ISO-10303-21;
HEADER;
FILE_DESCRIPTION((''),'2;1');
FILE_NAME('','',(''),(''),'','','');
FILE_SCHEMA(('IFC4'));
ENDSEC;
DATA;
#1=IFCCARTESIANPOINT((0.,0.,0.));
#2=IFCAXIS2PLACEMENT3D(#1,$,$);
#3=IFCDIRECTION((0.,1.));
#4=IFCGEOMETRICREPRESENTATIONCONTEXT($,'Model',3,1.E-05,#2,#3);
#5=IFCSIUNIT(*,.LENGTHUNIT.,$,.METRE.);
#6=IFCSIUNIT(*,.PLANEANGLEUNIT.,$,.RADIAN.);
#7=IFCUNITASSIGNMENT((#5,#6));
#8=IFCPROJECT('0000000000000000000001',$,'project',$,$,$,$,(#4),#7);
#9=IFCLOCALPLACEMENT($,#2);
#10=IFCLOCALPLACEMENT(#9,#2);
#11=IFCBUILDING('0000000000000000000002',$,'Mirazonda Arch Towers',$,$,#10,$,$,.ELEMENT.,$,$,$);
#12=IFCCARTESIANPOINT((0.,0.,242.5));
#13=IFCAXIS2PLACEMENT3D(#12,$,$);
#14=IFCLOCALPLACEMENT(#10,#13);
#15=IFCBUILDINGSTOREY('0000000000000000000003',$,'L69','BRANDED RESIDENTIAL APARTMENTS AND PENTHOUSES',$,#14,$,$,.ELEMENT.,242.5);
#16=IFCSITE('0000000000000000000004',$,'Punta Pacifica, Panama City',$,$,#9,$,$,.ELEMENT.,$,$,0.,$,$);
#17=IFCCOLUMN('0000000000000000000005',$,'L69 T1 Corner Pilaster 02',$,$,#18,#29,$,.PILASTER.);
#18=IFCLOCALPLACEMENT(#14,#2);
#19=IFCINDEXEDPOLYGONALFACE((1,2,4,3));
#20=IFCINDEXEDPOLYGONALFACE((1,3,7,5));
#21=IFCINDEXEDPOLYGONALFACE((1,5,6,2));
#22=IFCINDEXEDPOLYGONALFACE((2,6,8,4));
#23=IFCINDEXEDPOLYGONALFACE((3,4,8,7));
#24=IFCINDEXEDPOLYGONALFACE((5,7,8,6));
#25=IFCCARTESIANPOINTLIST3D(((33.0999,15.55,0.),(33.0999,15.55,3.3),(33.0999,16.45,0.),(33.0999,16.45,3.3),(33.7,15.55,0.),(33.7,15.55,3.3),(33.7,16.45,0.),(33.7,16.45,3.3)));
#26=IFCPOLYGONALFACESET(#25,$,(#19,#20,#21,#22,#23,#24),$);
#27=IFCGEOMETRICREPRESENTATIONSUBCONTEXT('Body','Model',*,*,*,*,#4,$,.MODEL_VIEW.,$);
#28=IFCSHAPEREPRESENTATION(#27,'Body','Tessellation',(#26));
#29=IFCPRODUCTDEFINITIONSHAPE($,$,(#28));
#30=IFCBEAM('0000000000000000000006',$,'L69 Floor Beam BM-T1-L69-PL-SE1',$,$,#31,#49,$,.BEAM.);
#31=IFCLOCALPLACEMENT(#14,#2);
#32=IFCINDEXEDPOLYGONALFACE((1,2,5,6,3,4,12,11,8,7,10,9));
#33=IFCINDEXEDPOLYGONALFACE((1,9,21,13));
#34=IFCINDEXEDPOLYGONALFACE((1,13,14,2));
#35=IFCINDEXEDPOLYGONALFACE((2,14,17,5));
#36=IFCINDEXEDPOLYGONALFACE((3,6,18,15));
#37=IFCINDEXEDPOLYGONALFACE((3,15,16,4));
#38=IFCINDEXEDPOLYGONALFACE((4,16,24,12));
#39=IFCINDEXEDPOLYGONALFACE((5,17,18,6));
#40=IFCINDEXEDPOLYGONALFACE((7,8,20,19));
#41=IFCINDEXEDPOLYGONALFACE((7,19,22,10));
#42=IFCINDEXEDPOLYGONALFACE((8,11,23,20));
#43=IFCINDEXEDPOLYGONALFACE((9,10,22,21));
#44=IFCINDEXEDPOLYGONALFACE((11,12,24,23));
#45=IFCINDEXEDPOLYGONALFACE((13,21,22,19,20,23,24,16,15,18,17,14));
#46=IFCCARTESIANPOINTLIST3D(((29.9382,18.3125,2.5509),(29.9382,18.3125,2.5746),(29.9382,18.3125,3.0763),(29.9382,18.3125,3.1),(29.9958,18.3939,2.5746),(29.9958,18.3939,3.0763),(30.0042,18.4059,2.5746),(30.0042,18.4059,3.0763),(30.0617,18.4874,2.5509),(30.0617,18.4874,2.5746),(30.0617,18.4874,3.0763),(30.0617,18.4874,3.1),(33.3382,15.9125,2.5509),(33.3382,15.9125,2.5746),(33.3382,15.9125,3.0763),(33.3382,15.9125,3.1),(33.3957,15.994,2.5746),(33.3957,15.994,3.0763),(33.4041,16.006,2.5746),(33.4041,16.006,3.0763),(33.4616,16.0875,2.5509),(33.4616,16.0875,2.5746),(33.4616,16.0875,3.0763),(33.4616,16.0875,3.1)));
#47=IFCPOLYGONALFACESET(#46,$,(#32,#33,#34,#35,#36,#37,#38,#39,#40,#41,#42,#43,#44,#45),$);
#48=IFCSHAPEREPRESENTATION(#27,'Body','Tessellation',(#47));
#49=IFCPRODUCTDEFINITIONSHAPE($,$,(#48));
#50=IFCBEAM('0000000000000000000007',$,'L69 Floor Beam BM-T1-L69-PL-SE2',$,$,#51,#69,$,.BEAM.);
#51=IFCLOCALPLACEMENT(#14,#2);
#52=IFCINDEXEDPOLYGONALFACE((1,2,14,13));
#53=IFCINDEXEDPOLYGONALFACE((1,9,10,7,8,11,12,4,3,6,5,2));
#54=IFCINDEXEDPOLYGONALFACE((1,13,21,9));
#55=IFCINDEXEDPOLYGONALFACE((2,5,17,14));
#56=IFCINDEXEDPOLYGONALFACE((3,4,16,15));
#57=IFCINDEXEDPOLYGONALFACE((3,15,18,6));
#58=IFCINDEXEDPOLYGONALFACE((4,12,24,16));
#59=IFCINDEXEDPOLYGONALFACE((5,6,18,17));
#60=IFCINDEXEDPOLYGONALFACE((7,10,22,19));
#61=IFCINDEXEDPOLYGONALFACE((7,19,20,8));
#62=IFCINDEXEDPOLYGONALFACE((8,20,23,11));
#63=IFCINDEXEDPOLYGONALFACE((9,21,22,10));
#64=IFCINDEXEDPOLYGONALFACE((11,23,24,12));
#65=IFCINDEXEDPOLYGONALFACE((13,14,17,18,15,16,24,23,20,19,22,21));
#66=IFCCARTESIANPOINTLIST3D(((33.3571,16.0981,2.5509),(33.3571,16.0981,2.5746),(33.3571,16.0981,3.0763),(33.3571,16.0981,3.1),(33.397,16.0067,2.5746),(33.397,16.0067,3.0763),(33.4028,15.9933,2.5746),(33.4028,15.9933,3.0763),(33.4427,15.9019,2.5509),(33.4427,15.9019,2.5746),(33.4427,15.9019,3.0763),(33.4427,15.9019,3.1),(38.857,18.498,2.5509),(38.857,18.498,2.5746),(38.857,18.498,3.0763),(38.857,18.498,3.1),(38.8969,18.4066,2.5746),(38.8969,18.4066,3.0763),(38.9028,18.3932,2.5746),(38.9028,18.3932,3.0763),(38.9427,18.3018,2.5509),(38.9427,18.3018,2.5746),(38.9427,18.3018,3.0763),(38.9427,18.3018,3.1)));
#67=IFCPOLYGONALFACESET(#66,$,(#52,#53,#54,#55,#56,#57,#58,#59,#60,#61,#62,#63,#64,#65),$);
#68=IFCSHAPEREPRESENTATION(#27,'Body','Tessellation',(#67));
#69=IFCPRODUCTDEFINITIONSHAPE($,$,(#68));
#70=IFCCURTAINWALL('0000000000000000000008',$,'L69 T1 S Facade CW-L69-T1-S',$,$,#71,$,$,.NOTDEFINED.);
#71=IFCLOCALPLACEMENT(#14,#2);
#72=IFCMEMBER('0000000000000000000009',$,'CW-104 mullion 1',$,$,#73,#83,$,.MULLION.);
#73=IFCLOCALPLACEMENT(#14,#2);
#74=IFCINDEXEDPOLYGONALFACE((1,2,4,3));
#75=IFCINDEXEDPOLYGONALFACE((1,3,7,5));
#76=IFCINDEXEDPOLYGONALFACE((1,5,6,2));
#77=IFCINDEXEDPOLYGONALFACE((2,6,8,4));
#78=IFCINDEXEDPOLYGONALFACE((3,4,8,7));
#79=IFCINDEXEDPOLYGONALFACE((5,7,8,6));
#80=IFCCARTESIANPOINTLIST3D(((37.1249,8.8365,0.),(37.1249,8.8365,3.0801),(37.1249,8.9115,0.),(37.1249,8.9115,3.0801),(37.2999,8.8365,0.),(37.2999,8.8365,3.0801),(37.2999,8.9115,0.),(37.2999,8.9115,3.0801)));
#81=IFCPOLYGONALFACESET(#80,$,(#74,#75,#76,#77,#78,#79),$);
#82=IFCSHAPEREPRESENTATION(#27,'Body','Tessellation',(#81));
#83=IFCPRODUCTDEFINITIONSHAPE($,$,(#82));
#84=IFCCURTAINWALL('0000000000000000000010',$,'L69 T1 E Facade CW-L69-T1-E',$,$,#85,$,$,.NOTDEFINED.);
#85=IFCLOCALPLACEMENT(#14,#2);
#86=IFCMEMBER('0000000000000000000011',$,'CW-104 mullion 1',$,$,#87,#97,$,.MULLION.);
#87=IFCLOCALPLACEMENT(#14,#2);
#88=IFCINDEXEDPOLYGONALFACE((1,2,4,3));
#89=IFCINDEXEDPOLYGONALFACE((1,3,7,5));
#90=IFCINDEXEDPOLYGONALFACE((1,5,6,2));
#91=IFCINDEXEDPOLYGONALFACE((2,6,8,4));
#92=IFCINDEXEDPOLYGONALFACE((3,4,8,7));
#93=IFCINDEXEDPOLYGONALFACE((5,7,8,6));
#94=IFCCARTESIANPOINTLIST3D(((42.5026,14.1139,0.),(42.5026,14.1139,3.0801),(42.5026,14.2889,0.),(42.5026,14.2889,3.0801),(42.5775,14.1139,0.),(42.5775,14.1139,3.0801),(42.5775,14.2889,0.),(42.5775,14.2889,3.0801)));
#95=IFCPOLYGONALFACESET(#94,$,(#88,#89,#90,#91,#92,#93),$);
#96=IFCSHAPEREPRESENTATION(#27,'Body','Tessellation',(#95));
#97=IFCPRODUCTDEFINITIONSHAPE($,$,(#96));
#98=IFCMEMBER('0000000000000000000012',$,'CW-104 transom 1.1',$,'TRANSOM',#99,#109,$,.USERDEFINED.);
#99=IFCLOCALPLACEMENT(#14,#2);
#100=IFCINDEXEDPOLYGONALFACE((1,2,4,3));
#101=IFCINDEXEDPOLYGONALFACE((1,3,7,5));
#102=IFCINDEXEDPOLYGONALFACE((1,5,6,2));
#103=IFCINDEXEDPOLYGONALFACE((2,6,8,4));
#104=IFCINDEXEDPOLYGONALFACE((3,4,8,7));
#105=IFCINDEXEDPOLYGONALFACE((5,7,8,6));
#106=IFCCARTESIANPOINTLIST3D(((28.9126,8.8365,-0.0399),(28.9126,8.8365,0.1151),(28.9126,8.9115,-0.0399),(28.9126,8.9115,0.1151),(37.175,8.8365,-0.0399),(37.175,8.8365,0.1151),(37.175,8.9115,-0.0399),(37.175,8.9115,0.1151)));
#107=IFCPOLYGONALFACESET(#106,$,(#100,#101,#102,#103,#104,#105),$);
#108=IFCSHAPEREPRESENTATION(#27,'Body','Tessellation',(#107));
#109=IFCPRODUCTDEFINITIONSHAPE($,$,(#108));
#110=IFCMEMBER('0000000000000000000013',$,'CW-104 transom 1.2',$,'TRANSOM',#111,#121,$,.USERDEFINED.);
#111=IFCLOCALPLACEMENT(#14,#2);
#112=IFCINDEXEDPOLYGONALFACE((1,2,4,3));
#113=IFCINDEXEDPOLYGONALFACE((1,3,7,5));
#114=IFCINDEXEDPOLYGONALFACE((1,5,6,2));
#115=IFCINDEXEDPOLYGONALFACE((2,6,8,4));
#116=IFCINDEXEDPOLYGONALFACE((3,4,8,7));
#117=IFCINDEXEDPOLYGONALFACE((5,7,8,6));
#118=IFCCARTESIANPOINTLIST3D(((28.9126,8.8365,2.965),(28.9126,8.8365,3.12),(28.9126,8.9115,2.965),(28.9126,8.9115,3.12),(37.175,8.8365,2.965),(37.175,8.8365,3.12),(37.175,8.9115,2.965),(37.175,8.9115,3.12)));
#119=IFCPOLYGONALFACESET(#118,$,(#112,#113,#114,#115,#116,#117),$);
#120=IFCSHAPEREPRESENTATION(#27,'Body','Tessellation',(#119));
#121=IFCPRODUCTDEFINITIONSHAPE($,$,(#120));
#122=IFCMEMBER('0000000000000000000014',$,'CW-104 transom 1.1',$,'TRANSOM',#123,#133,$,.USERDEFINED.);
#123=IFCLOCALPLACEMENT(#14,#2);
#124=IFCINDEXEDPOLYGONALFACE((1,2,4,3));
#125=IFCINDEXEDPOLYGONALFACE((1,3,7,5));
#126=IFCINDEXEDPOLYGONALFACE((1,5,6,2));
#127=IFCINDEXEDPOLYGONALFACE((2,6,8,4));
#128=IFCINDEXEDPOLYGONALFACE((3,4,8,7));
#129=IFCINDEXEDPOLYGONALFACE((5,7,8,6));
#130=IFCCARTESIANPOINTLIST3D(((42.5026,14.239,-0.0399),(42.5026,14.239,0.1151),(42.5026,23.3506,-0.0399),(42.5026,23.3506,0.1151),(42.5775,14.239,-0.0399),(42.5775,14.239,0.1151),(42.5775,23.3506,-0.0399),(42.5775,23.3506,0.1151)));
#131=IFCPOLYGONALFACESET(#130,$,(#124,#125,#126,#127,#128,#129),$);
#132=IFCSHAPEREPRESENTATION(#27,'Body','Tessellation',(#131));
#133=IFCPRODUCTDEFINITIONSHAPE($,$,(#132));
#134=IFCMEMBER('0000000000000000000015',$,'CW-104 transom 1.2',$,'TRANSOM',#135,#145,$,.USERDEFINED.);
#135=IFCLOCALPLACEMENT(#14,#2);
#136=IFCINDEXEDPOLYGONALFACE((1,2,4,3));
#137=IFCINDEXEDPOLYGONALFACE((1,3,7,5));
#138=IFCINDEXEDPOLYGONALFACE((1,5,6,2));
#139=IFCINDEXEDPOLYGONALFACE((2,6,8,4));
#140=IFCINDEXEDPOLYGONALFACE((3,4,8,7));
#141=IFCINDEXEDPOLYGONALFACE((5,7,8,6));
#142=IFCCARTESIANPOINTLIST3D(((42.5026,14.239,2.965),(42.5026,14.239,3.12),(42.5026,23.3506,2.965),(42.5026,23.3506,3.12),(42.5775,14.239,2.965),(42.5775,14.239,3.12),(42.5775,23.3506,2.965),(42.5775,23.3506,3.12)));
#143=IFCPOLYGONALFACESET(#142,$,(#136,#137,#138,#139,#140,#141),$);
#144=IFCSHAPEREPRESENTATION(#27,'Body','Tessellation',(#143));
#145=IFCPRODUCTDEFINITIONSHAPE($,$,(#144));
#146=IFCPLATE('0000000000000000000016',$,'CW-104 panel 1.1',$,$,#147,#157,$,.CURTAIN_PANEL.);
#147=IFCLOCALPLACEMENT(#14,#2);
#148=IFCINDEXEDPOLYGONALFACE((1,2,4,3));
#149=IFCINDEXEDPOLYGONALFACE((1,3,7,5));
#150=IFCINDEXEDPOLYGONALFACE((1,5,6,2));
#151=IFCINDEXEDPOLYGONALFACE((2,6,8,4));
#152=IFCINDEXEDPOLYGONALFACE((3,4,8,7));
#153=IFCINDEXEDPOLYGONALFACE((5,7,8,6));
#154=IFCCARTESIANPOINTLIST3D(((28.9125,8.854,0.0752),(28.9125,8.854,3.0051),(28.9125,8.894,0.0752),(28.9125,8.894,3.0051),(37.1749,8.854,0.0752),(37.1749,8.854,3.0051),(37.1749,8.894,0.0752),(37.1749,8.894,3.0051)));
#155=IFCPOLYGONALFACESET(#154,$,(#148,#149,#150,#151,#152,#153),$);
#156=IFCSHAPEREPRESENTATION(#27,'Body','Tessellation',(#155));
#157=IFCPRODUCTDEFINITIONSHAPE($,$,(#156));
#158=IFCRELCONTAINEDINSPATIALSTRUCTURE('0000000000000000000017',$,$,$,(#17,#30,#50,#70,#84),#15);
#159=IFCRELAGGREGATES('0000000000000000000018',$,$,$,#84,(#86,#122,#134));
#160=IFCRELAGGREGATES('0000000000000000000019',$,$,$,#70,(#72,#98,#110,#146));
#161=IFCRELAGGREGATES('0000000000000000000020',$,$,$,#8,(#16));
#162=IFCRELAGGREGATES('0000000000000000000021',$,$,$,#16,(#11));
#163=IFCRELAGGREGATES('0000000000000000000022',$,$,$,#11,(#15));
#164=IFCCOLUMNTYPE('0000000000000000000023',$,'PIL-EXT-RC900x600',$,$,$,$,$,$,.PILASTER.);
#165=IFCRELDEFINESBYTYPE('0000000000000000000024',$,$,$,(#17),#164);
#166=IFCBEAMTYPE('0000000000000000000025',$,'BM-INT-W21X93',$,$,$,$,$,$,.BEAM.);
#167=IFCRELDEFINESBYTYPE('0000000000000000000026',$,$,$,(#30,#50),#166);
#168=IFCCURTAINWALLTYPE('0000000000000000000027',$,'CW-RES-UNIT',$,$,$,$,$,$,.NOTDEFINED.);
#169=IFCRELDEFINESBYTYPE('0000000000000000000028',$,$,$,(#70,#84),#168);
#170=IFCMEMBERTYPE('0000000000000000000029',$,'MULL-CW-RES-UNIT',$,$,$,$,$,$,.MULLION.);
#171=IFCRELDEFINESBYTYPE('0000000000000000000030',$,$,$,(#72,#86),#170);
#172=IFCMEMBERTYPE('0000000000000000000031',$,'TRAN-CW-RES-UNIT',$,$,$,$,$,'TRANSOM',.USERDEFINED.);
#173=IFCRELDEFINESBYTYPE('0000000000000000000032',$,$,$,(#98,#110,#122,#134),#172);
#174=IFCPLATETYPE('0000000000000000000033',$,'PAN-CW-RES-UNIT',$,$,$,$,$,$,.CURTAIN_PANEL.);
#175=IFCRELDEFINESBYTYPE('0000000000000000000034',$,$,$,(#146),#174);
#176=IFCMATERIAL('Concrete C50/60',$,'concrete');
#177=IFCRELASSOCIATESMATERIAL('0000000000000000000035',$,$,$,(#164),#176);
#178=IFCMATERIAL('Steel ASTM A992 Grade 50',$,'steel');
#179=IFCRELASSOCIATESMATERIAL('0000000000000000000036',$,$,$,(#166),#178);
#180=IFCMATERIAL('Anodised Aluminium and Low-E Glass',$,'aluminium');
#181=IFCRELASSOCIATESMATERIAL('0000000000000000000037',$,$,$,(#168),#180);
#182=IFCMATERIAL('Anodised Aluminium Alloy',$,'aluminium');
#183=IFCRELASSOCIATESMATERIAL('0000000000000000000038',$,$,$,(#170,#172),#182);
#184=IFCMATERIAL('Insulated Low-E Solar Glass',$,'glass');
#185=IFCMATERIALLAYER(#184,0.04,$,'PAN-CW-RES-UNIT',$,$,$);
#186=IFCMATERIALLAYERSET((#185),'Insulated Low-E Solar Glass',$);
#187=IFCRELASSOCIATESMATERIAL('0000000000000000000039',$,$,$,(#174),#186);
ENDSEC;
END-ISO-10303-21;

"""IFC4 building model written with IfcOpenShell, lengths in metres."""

from ifc_helpers import new_model, si_unit, direction, frame, origin, origin_2d, place, context, subcontext, project, spatial, rectangle, i_section, extrude, material, layer, layer_set, material_profile, profile_set, type_object, element, aggregate, save


model = new_model("IFC4")

# Units and contexts
model_context = context("Model", 3, precision=1e-05, world=origin(), true_north=direction((0.0, 1.0)))
body_context = subcontext(model_context, "Body", "Model", "MODEL_VIEW")
ifc_project = project(units=[si_unit("LENGTHUNIT", "METRE"), si_unit("PLANEANGLEUNIT", "RADIAN")], contexts=[model_context])

# Site, building, storey
site_placement = place(None, origin())
site = spatial("IfcSite", under=ifc_project, at=site_placement, Name="Punta Pacifica, Panama City", CompositionType="ELEMENT", RefElevation=0.0)
building_placement = place(site_placement, origin())
building = spatial("IfcBuilding", under=site, at=building_placement, Name="Mirazonda Arch Towers", CompositionType="ELEMENT")
storey_placement = place(building_placement, frame((0.0, 0.0, 242.5)))
storey = spatial("IfcBuildingStorey", under=building, at=storey_placement, Name="L69", Description="BRANDED RESIDENTIAL APARTMENTS AND PENTHOUSES", CompositionType="ELEMENT", Elevation=242.5)

# Column
ifc_material_1 = material(Name="Concrete C50/60", Category="concrete")
ifc_material_profile_1 = material_profile(ifc_material_1, rectangle(XDim=0.6001, YDim=0.8999, at=origin_2d()), Name="RC900x600")
ifc_profile_set_1 = profile_set([ifc_material_profile_1], Name="Concrete C50/60")
column_type = type_object("IfcColumnType", Name="PIL-EXT-RC900x600", PredefinedType="PILASTER", material=ifc_profile_set_1)
column_placement = place(storey_placement, frame((33.3999, 16.0, 0.0), z_axis=(0.0, 0.0, 1.0), x_axis=(1.0, 0.0, 0.0)))
element("IfcColumn", 1, at=column_placement, inside=storey, type_object=column_type, Name="L69 T1 Corner Pilaster 02", PredefinedType="PILASTER", context=body_context, shape_type="SweptSolid", body=[
    extrude(rectangle(XDim=0.6001, YDim=0.8999, at=origin_2d()), origin(), (0.0, 0.0, 1.0), 3.3),
])

# Beams
ifc_material_2 = material(Name="Steel ASTM A992 Grade 50", Category="steel")
ifc_material_profile_2 = material_profile(ifc_material_2, i_section(OverallWidth=0.2141, OverallDepth=0.5491, WebThickness=0.0146, FlangeThickness=0.0237, at=origin_2d()), Name="W21X93")
ifc_profile_set_2 = profile_set([ifc_material_profile_2], Name="Steel ASTM A992 Grade 50")
beam_type = type_object("IfcBeamType", Name="BM-INT-W21X93", PredefinedType="BEAM", material=ifc_profile_set_2)
beam_1_placement = place(storey_placement, frame((33.3999, 16.0, 2.8254), z_axis=(-0.816971, 0.576679, 0.0), x_axis=(-0.576679, -0.816971, 0.0)))
element("IfcBeam", 2, at=beam_1_placement, inside=storey, type_object=beam_type, Name="L69 Floor Beam BM-T1-L69-PL-SE1", PredefinedType="BEAM", context=body_context, shape_type="SweptSolid", body=[
    extrude(i_section(OverallWidth=0.2141, OverallDepth=0.5491, WebThickness=0.0146, FlangeThickness=0.0237, at=origin_2d()), origin(), (0.0, 0.0, 1.0), 4.1616),
])
beam_2_placement = place(storey_placement, frame((33.3999, 16.0, 2.8254), z_axis=(0.916545, 0.399931, 0.0), x_axis=(-0.399931, 0.916545, 0.0)))
element("IfcBeam", 3, at=beam_2_placement, inside=storey, type_object=beam_type, Name="L69 Floor Beam BM-T1-L69-PL-SE2", PredefinedType="BEAM", context=body_context, shape_type="SweptSolid", body=[
    extrude(i_section(OverallWidth=0.2141, OverallDepth=0.5491, WebThickness=0.0146, FlangeThickness=0.0237, at=origin_2d()), origin(), (0.0, 0.0, 1.0), 6.0007),
])

# Curtain walls, members
ifc_material_3 = material(Name="Anodised Aluminium and Low-E Glass", Category="aluminium")
curtain_wall_type = type_object("IfcCurtainWallType", Name="CW-RES-UNIT", PredefinedType="NOTDEFINED", material=ifc_material_3)
curtain_wall_1_placement = place(storey_placement, origin())
curtain_wall_1 = element("IfcCurtainWall", 4, at=curtain_wall_1_placement, inside=storey, type_object=curtain_wall_type, Name="L69 T1 S Facade CW-L69-T1-S", PredefinedType="NOTDEFINED")
ifc_material_4 = material(Name="Anodised Aluminium Alloy", Category="aluminium")
ifc_material_profile_3 = material_profile(ifc_material_4, rectangle(XDim=0.075, YDim=0.175, at=origin_2d()), Name="ALU-MULL-75x175")
ifc_profile_set_3 = profile_set([ifc_material_profile_3], Name="Anodised Aluminium Alloy")
member_type_1 = type_object("IfcMemberType", Name="MULL-CW-RES-UNIT", PredefinedType="MULLION", material=ifc_profile_set_3)
member_1_placement = place(storey_placement, frame((37.2124, 8.874, 0.0), z_axis=(0.0, 0.0, 1.0), x_axis=(0.0, -1.0, 0.0)))
member_1 = element("IfcMember", 5, at=member_1_placement, type_object=member_type_1, Name="CW-104 mullion 1", PredefinedType="MULLION", context=body_context, shape_type="SweptSolid", body=[
    extrude(rectangle(XDim=0.075, YDim=0.175, at=origin_2d()), origin(), (0.0, 0.0, 1.0), 3.0801),
])
curtain_wall_2_placement = place(storey_placement, origin())
curtain_wall_2 = element("IfcCurtainWall", 6, at=curtain_wall_2_placement, inside=storey, type_object=curtain_wall_type, Name="L69 T1 E Facade CW-L69-T1-E", PredefinedType="NOTDEFINED")
member_2_placement = place(storey_placement, frame((42.54, 14.2014, 0.0), z_axis=(0.0, 0.0, 1.0), x_axis=(-1.0, 0.0, 0.0)))
member_2 = element("IfcMember", 7, at=member_2_placement, type_object=member_type_1, Name="CW-104 mullion 1", PredefinedType="MULLION", context=body_context, shape_type="SweptSolid", body=[
    extrude(rectangle(XDim=0.075, YDim=0.175, at=origin_2d()), origin(), (0.0, 0.0, 1.0), 3.0801),
])

# Members
ifc_material_profile_4 = material_profile(ifc_material_4, rectangle(XDim=0.075, YDim=0.155, at=origin_2d()), Name="ALU-TRAN-75x155")
ifc_profile_set_4 = profile_set([ifc_material_profile_4], Name="Anodised Aluminium Alloy")
member_type_2 = type_object("IfcMemberType", Name="TRAN-CW-RES-UNIT", ElementType="TRANSOM", PredefinedType="USERDEFINED", material=ifc_profile_set_4)
member_3_placement = place(storey_placement, frame((37.175, 8.874, 0.0376), z_axis=(-1.0, 0.0, 0.0), x_axis=(0.0, -1.0, 0.0)))
member_3 = element("IfcMember", 8, at=member_3_placement, type_object=member_type_2, Name="CW-104 transom 1.1", ObjectType="TRANSOM", PredefinedType="USERDEFINED", context=body_context, shape_type="SweptSolid", body=[
    extrude(rectangle(XDim=0.075, YDim=0.155, at=origin_2d()), origin(), (0.0, 0.0, 1.0), 8.2625),
])
member_4_placement = place(storey_placement, frame((37.175, 8.874, 3.0425), z_axis=(-1.0, 0.0, 0.0), x_axis=(0.0, -1.0, 0.0)))
member_4 = element("IfcMember", 9, at=member_4_placement, type_object=member_type_2, Name="CW-104 transom 1.2", ObjectType="TRANSOM", PredefinedType="USERDEFINED", context=body_context, shape_type="SweptSolid", body=[
    extrude(rectangle(XDim=0.075, YDim=0.155, at=origin_2d()), origin(), (0.0, 0.0, 1.0), 8.2625),
])
member_5_placement = place(storey_placement, frame((42.54, 14.239, 0.0376), z_axis=(0.0, 1.0, 0.0), x_axis=(-1.0, 0.0, 0.0)))
member_5 = element("IfcMember", 10, at=member_5_placement, type_object=member_type_2, Name="CW-104 transom 1.1", ObjectType="TRANSOM", PredefinedType="USERDEFINED", context=body_context, shape_type="SweptSolid", body=[
    extrude(rectangle(XDim=0.075, YDim=0.155, at=origin_2d()), origin(), (0.0, 0.0, 1.0), 9.1116),
])
member_6_placement = place(storey_placement, frame((42.54, 14.239, 3.0425), z_axis=(0.0, 1.0, 0.0), x_axis=(-1.0, 0.0, 0.0)))
member_6 = element("IfcMember", 11, at=member_6_placement, type_object=member_type_2, Name="CW-104 transom 1.2", ObjectType="TRANSOM", PredefinedType="USERDEFINED", context=body_context, shape_type="SweptSolid", body=[
    extrude(rectangle(XDim=0.075, YDim=0.155, at=origin_2d()), origin(), (0.0, 0.0, 1.0), 9.1116),
])
aggregate(curtain_wall_2, [member_2, member_5, member_6])

# Plate
ifc_material_5 = material(Name="Insulated Low-E Solar Glass", Category="glass")
ifc_layer_1 = layer(ifc_material_5, 0.04, Name="PAN-CW-RES-UNIT")
ifc_layer_set_1 = layer_set([ifc_layer_1], Name="Insulated Low-E Solar Glass")
plate_type = type_object("IfcPlateType", Name="PAN-CW-RES-UNIT", PredefinedType="CURTAIN_PANEL", material=ifc_layer_set_1)
plate_placement = place(storey_placement, frame((33.0437, 8.874, 0.0752), z_axis=(0.0, 0.0, 1.0), x_axis=(-1.0, 0.0, 0.0)))
plate = element("IfcPlate", 12, at=plate_placement, type_object=plate_type, Name="CW-104 panel 1.1", PredefinedType="CURTAIN_PANEL", context=body_context, shape_type="SweptSolid", body=[
    extrude(rectangle(XDim=8.2625, YDim=0.04, at=origin_2d()), origin(), (0.0, 0.0, 1.0), 2.9299),
])
aggregate(curtain_wall_1, [member_1, member_3, member_4, plate])

save(model, "model.ifc")
